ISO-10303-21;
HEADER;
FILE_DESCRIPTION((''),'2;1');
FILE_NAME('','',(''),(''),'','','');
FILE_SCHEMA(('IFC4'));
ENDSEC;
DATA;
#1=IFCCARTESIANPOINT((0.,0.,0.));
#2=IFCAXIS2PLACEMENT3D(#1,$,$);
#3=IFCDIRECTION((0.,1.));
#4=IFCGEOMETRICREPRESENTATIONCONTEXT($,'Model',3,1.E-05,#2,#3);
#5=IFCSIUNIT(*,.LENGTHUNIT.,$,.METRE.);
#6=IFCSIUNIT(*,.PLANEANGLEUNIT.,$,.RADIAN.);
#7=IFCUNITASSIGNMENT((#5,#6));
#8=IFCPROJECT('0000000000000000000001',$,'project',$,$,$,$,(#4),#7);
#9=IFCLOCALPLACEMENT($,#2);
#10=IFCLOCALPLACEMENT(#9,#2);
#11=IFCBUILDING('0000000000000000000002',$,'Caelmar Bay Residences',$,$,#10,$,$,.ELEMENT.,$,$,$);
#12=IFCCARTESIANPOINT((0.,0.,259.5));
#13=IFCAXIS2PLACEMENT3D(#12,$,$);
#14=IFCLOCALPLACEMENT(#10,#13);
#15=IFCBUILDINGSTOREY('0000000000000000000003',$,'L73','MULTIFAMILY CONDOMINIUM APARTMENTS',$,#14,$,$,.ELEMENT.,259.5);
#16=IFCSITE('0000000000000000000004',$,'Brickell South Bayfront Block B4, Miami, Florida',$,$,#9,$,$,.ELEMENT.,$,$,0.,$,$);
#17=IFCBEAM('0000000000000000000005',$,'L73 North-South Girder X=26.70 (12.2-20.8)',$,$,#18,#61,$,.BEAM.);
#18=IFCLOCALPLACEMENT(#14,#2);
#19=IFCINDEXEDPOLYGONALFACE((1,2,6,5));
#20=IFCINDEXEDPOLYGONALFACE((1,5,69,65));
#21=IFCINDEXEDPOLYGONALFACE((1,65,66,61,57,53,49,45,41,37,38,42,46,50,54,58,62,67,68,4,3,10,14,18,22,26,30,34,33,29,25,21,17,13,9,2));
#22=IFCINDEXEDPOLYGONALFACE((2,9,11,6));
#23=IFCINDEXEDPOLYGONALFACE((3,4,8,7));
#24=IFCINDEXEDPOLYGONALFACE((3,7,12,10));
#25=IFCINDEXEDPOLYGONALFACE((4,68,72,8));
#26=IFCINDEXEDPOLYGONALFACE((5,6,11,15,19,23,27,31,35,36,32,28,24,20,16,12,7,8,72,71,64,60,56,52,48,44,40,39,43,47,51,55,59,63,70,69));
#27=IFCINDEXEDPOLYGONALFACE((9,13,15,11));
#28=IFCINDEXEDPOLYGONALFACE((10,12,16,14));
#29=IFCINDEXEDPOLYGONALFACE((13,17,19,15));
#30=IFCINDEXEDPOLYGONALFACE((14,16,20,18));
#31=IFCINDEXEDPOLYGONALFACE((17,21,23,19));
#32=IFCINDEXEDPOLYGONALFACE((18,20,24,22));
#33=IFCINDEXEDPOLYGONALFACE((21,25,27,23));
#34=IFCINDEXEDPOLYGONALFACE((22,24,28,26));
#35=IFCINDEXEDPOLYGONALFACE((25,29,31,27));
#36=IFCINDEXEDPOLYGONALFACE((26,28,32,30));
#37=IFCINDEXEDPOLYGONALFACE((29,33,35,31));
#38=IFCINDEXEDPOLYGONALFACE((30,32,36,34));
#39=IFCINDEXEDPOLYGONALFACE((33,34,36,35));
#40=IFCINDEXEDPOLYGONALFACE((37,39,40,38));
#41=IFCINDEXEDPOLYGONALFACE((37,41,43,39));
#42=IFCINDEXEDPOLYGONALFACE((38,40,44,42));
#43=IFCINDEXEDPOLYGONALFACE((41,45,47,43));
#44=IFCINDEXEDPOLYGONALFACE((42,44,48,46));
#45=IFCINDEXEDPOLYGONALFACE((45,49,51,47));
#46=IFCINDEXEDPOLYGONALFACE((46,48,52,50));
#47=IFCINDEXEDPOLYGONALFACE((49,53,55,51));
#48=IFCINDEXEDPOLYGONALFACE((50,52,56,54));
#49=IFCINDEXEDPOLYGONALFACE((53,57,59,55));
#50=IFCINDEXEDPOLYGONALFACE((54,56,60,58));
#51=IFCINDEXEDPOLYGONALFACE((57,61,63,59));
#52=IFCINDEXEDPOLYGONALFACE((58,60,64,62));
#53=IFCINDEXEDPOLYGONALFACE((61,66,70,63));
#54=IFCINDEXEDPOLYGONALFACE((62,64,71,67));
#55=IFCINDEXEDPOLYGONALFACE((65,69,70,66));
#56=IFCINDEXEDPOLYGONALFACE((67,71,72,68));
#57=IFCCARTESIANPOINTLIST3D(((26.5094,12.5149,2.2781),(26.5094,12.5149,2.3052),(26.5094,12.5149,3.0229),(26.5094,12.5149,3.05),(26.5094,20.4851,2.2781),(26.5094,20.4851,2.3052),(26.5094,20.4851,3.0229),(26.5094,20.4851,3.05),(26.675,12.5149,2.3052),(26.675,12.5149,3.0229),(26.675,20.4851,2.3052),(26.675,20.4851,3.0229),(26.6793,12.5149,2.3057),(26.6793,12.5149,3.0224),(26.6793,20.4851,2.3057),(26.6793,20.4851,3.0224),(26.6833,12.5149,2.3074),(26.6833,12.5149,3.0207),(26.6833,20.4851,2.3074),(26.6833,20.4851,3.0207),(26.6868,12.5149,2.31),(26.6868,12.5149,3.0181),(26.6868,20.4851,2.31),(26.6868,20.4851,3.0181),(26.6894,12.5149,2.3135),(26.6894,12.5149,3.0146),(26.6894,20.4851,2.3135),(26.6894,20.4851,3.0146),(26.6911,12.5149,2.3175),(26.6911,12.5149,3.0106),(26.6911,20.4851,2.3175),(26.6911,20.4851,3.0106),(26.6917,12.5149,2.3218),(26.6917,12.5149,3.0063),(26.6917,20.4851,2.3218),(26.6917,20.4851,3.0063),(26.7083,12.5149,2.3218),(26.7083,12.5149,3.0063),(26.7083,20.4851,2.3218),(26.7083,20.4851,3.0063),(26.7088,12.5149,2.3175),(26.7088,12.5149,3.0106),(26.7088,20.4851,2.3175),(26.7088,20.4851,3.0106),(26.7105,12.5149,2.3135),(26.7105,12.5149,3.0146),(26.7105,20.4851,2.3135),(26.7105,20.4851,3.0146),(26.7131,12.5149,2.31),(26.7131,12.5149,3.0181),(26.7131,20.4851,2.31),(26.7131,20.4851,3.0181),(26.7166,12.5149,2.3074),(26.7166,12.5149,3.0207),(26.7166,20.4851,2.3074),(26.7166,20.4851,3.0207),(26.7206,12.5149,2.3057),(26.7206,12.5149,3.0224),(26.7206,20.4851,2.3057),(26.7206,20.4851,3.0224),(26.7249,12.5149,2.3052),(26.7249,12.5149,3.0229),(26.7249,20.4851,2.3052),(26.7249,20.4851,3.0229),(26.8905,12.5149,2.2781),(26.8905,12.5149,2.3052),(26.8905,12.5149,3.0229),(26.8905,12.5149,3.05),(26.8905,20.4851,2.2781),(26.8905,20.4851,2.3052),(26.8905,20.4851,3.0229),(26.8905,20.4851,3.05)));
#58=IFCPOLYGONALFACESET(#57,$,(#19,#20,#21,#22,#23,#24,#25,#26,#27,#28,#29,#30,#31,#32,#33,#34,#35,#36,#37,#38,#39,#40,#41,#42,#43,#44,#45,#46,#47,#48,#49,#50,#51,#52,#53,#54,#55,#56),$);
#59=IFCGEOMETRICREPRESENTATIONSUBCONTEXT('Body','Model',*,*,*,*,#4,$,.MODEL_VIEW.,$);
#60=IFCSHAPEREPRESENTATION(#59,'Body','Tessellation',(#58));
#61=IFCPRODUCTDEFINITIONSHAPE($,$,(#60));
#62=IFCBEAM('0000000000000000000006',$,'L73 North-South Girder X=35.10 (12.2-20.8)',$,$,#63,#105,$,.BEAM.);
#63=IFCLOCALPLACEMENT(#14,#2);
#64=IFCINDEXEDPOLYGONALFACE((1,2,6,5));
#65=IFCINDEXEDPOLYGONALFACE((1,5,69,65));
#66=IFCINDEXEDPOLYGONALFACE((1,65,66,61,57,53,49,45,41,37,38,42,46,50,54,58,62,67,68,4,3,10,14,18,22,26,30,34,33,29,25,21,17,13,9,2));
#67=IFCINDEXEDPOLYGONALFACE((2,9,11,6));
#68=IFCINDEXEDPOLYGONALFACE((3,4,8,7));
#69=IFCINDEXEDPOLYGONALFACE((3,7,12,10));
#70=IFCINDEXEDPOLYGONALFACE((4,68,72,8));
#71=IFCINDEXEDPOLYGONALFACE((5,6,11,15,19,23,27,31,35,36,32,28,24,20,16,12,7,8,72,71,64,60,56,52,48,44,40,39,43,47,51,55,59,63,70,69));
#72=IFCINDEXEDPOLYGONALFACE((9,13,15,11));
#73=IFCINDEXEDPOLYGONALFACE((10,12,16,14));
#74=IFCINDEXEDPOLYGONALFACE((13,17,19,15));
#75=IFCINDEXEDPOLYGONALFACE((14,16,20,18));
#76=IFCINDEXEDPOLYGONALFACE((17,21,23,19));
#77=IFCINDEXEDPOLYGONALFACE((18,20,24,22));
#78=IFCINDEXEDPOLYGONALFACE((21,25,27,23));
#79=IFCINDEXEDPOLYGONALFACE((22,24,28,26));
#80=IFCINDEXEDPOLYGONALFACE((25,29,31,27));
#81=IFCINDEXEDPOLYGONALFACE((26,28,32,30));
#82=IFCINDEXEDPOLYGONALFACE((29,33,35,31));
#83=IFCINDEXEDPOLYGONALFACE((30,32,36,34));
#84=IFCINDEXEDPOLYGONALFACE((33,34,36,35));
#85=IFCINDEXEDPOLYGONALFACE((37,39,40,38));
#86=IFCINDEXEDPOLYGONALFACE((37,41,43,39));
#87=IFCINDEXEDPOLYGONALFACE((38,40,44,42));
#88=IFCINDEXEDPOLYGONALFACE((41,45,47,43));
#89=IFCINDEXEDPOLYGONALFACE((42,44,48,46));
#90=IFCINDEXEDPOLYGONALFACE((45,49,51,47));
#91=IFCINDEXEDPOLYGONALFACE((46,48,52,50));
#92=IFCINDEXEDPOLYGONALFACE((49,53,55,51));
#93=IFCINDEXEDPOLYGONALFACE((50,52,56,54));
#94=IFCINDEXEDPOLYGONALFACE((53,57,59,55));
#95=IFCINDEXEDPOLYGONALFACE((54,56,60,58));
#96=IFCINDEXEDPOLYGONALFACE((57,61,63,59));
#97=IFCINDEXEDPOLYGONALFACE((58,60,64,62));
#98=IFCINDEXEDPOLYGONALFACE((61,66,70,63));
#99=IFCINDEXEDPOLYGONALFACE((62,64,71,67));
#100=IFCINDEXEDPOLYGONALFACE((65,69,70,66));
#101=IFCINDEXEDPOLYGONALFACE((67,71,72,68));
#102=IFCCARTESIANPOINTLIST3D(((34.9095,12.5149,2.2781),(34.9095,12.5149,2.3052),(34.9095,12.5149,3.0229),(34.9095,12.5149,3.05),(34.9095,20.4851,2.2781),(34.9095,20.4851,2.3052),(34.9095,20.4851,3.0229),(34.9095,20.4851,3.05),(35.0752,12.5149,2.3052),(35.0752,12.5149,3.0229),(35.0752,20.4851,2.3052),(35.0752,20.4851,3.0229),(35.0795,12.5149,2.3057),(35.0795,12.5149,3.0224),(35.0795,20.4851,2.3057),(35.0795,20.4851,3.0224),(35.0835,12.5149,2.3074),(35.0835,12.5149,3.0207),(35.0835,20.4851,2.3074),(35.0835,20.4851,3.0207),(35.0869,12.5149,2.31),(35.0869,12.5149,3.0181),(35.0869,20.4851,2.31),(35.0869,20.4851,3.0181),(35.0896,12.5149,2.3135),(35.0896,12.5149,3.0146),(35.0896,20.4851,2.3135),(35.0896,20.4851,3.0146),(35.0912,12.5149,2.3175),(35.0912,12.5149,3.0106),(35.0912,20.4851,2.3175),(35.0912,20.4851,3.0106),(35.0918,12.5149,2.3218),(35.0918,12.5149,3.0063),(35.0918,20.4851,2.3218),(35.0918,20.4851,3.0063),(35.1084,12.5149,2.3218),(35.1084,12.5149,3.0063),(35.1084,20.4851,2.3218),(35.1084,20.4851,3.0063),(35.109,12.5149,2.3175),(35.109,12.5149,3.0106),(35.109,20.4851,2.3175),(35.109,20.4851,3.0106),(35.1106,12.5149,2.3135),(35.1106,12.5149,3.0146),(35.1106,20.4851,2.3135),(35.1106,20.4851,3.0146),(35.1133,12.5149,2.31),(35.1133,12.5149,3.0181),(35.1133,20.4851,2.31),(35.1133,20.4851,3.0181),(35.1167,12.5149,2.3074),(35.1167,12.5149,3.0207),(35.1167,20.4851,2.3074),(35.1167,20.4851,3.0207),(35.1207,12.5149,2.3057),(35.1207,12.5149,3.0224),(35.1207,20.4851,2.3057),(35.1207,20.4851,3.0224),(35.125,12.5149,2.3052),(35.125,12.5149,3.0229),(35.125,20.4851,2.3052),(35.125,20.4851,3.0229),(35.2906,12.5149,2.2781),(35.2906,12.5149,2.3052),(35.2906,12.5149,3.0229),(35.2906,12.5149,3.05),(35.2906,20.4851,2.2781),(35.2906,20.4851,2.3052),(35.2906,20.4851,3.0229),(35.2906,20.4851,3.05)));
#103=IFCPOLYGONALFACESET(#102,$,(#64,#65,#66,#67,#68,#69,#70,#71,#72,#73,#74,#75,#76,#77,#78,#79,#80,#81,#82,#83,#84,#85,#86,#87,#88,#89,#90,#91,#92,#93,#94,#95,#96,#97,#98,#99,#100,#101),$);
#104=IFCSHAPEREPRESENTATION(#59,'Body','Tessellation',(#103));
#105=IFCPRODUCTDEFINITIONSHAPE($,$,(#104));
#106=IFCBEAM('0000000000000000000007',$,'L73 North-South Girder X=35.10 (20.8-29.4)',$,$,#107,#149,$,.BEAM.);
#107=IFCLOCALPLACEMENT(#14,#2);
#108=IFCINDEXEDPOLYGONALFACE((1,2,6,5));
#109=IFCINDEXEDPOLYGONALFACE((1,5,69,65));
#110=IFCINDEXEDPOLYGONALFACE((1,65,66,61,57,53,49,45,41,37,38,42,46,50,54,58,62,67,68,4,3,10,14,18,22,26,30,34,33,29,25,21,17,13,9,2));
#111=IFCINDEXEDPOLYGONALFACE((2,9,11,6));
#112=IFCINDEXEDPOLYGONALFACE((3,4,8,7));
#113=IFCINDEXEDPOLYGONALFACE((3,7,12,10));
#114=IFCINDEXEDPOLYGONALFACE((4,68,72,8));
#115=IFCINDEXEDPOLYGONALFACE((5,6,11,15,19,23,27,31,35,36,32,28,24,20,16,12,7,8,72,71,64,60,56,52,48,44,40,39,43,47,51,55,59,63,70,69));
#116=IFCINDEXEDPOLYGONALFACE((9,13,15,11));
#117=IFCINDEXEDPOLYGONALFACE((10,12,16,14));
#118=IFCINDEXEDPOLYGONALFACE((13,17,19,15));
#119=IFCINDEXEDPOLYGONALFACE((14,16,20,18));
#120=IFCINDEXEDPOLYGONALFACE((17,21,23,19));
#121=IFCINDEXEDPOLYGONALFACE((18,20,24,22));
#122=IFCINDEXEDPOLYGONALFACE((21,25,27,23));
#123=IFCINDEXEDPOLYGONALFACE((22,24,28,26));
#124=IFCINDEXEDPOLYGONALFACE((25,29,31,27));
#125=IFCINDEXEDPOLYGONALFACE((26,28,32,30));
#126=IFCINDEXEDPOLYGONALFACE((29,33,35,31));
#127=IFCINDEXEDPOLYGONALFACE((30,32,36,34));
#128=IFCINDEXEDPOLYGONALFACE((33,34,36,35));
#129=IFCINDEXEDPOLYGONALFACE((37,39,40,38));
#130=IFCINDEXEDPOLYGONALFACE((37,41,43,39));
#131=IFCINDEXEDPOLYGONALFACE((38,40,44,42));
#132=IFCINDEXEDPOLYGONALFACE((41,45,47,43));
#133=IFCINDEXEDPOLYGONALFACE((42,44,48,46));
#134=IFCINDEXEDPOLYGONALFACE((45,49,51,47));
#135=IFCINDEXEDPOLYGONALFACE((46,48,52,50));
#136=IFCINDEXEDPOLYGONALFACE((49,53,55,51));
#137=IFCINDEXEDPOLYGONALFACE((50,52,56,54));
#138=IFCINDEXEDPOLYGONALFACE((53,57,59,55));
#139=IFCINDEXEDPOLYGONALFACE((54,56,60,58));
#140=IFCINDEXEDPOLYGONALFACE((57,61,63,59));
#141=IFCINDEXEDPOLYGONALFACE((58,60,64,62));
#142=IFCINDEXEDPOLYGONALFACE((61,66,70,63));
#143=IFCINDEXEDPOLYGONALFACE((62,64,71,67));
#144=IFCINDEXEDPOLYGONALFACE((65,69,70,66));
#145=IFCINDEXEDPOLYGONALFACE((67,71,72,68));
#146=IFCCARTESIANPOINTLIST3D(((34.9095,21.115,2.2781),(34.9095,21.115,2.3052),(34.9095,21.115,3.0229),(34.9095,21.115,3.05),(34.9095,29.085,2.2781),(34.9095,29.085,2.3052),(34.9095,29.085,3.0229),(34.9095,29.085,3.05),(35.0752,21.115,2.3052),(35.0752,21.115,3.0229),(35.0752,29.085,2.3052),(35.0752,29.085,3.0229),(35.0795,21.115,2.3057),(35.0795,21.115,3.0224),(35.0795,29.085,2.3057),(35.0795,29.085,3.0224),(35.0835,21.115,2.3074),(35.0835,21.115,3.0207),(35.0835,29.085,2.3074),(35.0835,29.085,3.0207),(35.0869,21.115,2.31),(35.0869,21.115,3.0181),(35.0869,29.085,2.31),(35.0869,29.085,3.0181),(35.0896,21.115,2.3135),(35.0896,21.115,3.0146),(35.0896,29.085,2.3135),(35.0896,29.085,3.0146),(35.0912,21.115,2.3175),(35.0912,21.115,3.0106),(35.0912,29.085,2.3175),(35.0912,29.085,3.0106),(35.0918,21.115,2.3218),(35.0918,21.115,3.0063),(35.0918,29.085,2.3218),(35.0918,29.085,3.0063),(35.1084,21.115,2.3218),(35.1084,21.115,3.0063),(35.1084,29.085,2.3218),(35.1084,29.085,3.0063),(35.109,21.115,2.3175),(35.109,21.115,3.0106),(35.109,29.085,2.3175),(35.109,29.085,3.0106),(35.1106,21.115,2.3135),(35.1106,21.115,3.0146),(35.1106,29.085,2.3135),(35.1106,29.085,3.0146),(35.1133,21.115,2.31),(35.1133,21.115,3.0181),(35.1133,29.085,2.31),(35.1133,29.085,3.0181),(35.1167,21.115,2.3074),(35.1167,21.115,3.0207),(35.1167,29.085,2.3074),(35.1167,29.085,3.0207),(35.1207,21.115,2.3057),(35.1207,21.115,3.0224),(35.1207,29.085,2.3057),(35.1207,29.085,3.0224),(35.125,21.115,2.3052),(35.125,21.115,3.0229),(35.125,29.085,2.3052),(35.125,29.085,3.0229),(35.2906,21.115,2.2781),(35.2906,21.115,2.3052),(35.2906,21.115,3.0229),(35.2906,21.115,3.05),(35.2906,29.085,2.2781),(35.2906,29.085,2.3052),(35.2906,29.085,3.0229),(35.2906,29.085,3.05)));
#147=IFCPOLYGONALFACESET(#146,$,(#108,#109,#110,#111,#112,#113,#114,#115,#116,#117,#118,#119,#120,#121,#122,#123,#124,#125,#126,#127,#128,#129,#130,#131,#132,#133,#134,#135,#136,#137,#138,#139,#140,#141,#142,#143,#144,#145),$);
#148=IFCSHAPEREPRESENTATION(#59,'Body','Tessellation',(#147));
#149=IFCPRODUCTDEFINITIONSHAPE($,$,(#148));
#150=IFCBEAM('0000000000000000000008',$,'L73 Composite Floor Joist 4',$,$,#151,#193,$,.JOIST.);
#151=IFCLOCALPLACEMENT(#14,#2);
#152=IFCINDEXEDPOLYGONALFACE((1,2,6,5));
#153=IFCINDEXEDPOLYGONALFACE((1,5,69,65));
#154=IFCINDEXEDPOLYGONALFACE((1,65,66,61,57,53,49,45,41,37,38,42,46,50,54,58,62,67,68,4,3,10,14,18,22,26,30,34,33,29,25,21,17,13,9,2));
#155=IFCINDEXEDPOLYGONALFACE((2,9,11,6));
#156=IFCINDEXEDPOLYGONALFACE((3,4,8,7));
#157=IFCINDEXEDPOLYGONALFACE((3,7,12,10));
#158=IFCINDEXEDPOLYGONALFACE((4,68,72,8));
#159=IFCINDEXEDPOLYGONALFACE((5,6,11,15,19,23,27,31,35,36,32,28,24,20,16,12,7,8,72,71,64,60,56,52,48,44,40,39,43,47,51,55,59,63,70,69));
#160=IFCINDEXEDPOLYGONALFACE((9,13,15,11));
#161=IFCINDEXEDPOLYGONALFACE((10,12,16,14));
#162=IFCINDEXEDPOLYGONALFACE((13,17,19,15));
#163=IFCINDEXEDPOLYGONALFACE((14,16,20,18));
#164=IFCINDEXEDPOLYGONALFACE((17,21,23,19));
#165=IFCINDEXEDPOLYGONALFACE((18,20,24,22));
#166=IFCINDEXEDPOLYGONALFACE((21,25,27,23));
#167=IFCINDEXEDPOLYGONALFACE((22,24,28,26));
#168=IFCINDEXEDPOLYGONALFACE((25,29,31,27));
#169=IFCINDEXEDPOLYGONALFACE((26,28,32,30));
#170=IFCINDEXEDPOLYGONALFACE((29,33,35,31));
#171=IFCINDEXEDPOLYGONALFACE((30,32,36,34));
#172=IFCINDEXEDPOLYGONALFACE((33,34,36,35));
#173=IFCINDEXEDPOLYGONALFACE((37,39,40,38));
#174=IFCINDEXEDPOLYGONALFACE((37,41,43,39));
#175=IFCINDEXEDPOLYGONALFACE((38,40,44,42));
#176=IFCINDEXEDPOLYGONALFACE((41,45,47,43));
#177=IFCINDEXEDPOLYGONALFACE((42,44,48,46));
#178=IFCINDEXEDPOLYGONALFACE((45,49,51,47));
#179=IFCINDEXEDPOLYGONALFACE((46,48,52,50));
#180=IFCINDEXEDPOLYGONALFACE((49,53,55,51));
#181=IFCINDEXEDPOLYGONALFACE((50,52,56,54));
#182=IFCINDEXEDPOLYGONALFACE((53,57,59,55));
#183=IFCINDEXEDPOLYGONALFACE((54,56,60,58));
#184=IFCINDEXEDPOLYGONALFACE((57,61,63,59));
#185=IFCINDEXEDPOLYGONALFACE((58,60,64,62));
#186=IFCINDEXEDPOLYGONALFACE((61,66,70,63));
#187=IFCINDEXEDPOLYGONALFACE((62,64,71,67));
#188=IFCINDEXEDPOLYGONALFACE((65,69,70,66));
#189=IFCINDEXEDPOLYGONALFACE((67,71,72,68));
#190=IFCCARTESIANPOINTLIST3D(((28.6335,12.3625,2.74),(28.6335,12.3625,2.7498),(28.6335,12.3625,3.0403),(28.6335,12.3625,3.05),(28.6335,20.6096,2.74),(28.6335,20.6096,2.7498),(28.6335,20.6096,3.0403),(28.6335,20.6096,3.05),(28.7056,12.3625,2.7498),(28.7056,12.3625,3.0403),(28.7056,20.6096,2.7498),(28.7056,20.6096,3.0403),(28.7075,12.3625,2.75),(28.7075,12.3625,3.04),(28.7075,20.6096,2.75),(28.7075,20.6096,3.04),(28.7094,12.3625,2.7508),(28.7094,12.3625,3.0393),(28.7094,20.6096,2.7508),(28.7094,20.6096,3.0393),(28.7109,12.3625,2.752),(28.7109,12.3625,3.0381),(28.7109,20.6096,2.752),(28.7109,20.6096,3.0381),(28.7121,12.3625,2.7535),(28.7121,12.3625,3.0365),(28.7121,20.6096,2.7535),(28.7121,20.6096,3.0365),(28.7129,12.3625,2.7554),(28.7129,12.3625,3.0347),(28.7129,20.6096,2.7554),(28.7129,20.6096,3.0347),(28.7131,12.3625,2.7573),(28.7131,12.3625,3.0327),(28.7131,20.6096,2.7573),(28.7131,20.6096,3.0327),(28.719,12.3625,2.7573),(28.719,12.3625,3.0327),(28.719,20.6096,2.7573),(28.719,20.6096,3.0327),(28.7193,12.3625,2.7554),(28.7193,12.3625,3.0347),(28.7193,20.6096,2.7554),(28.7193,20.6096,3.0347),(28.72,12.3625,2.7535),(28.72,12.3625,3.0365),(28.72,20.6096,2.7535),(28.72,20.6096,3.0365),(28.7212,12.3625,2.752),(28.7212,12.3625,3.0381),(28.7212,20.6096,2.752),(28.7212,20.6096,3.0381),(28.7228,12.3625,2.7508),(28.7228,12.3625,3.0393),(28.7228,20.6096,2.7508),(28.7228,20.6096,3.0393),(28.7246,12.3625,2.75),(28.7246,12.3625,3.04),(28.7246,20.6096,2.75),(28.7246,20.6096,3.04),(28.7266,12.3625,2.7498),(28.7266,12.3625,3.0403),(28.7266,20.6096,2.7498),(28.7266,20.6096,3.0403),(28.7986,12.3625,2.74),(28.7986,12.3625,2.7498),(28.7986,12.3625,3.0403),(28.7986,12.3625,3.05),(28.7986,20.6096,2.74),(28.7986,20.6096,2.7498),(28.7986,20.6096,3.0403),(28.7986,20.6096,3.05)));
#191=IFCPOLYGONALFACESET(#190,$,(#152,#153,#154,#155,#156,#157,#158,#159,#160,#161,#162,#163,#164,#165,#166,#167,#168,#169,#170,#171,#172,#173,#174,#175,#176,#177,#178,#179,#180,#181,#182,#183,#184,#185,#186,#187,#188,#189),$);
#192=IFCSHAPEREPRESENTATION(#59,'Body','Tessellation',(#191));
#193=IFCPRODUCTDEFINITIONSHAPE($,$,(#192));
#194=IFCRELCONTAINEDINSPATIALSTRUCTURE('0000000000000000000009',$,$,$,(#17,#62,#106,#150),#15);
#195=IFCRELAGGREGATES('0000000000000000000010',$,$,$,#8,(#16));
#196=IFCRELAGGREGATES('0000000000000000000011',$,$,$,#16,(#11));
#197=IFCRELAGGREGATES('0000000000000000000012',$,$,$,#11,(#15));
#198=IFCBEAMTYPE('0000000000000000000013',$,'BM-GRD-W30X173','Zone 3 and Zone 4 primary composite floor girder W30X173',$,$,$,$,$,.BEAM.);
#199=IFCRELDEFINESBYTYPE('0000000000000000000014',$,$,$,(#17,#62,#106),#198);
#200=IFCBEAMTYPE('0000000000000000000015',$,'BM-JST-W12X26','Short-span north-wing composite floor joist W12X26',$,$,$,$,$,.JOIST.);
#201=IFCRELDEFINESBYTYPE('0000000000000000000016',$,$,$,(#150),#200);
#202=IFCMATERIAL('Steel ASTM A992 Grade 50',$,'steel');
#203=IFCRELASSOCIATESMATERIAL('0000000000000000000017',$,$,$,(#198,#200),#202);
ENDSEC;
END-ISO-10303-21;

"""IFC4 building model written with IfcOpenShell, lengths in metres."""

from ifc_helpers import new_model, si_unit, direction, frame, origin, origin_2d, place, context, subcontext, project, spatial, i_section, extrude, material, material_profile, profile_set, type_object, element, save


model = new_model("IFC4")

# Units and contexts
model_context = context("Model", 3, precision=1e-05, world=origin(), true_north=direction((0.0, 1.0)))
body_context = subcontext(model_context, "Body", "Model", "MODEL_VIEW")
ifc_project = project(units=[si_unit("LENGTHUNIT", "METRE"), si_unit("PLANEANGLEUNIT", "RADIAN")], contexts=[model_context])

# Site, building, storey
site_placement = place(None, origin())
site = spatial("IfcSite", under=ifc_project, at=site_placement, Name="Brickell South Bayfront Block B4, Miami, Florida", CompositionType="ELEMENT", RefElevation=0.0)
building_placement = place(site_placement, origin())
building = spatial("IfcBuilding", under=site, at=building_placement, Name="Caelmar Bay Residences", CompositionType="ELEMENT")
storey_placement = place(building_placement, frame((0.0, 0.0, 259.5)))
storey = spatial("IfcBuildingStorey", under=building, at=storey_placement, Name="L73", Description="MULTIFAMILY CONDOMINIUM APARTMENTS", CompositionType="ELEMENT", Elevation=259.5)

# Beams
ifc_material_1 = material(Name="Steel ASTM A992 Grade 50", Category="steel")
ifc_material_profile_1 = material_profile(ifc_material_1, i_section(OverallWidth=0.3811, OverallDepth=0.772, WebThickness=0.0166, FlangeThickness=0.0271, FilletRadius=0.0166, at=origin_2d()), Name="W30X173")
ifc_profile_set_1 = profile_set([ifc_material_profile_1], Name="Steel ASTM A992 Grade 50")
beam_type_1 = type_object("IfcBeamType", Name="BM-GRD-W30X173", Description="Zone 3 and Zone 4 primary composite floor girder W30X173", PredefinedType="BEAM", material=ifc_profile_set_1)
for number, where, z_axis, x_axis, name in (
    (1, (26.7, 12.5149, 2.6641), (0.0, 1.0, 0.0), (-1.0, 0.0, 0.0), "L73 North-South Girder X=26.70 (12.2-20.8)"),
    (2, (35.1001, 12.5149, 2.6641), (0.0, 1.0, 0.0), (-1.0, 0.0, 0.0), "L73 North-South Girder X=35.10 (12.2-20.8)"),
):
    element("IfcBeam", number, at=place(storey_placement, frame(where, z_axis=z_axis, x_axis=x_axis)), inside=storey, type_object=beam_type_1, Name=name, PredefinedType="BEAM", context=body_context, shape_type="SweptSolid", body=[
        extrude(i_section(OverallWidth=0.3811, OverallDepth=0.772, WebThickness=0.0166, FlangeThickness=0.0271, FilletRadius=0.0166, at=origin_2d()), origin(), (0.0, 0.0, 1.0), 7.9702),
    ])
beam_1_placement = place(storey_placement, frame((35.1001, 21.115, 2.6641), z_axis=(0.0, 1.0, 0.0), x_axis=(-1.0, 0.0, 0.0)))
element("IfcBeam", 3, at=beam_1_placement, inside=storey, type_object=beam_type_1, Name="L73 North-South Girder X=35.10 (20.8-29.4)", PredefinedType="BEAM", context=body_context, shape_type="SweptSolid", body=[
    extrude(i_section(OverallWidth=0.3811, OverallDepth=0.772, WebThickness=0.0166, FlangeThickness=0.0271, FilletRadius=0.0166, at=origin_2d()), origin(), (0.0, 0.0, 1.0), 7.97),
])
ifc_material_profile_2 = material_profile(ifc_material_1, i_section(OverallWidth=0.165, OverallDepth=0.3101, WebThickness=0.0059, FlangeThickness=0.0098, FilletRadius=0.0076, at=origin_2d()), Name="W12X26")
ifc_profile_set_2 = profile_set([ifc_material_profile_2], Name="Steel ASTM A992 Grade 50")
beam_type_2 = type_object("IfcBeamType", Name="BM-JST-W12X26", Description="Short-span north-wing composite floor joist W12X26", PredefinedType="JOIST", material=ifc_profile_set_2)
beam_2_placement = place(storey_placement, frame((28.7161, 12.3625, 2.895), z_axis=(0.0, 1.0, 0.0), x_axis=(-1.0, 0.0, 0.0)))
element("IfcBeam", 4, at=beam_2_placement, inside=storey, type_object=beam_type_2, Name="L73 Composite Floor Joist 4", PredefinedType="JOIST", context=body_context, shape_type="SweptSolid", body=[
    extrude(i_section(OverallWidth=0.165, OverallDepth=0.3101, WebThickness=0.0059, FlangeThickness=0.0098, FilletRadius=0.0076, at=origin_2d()), origin(), (0.0, 0.0, 1.0), 8.2471),
])

save(model, "model.ifc")
